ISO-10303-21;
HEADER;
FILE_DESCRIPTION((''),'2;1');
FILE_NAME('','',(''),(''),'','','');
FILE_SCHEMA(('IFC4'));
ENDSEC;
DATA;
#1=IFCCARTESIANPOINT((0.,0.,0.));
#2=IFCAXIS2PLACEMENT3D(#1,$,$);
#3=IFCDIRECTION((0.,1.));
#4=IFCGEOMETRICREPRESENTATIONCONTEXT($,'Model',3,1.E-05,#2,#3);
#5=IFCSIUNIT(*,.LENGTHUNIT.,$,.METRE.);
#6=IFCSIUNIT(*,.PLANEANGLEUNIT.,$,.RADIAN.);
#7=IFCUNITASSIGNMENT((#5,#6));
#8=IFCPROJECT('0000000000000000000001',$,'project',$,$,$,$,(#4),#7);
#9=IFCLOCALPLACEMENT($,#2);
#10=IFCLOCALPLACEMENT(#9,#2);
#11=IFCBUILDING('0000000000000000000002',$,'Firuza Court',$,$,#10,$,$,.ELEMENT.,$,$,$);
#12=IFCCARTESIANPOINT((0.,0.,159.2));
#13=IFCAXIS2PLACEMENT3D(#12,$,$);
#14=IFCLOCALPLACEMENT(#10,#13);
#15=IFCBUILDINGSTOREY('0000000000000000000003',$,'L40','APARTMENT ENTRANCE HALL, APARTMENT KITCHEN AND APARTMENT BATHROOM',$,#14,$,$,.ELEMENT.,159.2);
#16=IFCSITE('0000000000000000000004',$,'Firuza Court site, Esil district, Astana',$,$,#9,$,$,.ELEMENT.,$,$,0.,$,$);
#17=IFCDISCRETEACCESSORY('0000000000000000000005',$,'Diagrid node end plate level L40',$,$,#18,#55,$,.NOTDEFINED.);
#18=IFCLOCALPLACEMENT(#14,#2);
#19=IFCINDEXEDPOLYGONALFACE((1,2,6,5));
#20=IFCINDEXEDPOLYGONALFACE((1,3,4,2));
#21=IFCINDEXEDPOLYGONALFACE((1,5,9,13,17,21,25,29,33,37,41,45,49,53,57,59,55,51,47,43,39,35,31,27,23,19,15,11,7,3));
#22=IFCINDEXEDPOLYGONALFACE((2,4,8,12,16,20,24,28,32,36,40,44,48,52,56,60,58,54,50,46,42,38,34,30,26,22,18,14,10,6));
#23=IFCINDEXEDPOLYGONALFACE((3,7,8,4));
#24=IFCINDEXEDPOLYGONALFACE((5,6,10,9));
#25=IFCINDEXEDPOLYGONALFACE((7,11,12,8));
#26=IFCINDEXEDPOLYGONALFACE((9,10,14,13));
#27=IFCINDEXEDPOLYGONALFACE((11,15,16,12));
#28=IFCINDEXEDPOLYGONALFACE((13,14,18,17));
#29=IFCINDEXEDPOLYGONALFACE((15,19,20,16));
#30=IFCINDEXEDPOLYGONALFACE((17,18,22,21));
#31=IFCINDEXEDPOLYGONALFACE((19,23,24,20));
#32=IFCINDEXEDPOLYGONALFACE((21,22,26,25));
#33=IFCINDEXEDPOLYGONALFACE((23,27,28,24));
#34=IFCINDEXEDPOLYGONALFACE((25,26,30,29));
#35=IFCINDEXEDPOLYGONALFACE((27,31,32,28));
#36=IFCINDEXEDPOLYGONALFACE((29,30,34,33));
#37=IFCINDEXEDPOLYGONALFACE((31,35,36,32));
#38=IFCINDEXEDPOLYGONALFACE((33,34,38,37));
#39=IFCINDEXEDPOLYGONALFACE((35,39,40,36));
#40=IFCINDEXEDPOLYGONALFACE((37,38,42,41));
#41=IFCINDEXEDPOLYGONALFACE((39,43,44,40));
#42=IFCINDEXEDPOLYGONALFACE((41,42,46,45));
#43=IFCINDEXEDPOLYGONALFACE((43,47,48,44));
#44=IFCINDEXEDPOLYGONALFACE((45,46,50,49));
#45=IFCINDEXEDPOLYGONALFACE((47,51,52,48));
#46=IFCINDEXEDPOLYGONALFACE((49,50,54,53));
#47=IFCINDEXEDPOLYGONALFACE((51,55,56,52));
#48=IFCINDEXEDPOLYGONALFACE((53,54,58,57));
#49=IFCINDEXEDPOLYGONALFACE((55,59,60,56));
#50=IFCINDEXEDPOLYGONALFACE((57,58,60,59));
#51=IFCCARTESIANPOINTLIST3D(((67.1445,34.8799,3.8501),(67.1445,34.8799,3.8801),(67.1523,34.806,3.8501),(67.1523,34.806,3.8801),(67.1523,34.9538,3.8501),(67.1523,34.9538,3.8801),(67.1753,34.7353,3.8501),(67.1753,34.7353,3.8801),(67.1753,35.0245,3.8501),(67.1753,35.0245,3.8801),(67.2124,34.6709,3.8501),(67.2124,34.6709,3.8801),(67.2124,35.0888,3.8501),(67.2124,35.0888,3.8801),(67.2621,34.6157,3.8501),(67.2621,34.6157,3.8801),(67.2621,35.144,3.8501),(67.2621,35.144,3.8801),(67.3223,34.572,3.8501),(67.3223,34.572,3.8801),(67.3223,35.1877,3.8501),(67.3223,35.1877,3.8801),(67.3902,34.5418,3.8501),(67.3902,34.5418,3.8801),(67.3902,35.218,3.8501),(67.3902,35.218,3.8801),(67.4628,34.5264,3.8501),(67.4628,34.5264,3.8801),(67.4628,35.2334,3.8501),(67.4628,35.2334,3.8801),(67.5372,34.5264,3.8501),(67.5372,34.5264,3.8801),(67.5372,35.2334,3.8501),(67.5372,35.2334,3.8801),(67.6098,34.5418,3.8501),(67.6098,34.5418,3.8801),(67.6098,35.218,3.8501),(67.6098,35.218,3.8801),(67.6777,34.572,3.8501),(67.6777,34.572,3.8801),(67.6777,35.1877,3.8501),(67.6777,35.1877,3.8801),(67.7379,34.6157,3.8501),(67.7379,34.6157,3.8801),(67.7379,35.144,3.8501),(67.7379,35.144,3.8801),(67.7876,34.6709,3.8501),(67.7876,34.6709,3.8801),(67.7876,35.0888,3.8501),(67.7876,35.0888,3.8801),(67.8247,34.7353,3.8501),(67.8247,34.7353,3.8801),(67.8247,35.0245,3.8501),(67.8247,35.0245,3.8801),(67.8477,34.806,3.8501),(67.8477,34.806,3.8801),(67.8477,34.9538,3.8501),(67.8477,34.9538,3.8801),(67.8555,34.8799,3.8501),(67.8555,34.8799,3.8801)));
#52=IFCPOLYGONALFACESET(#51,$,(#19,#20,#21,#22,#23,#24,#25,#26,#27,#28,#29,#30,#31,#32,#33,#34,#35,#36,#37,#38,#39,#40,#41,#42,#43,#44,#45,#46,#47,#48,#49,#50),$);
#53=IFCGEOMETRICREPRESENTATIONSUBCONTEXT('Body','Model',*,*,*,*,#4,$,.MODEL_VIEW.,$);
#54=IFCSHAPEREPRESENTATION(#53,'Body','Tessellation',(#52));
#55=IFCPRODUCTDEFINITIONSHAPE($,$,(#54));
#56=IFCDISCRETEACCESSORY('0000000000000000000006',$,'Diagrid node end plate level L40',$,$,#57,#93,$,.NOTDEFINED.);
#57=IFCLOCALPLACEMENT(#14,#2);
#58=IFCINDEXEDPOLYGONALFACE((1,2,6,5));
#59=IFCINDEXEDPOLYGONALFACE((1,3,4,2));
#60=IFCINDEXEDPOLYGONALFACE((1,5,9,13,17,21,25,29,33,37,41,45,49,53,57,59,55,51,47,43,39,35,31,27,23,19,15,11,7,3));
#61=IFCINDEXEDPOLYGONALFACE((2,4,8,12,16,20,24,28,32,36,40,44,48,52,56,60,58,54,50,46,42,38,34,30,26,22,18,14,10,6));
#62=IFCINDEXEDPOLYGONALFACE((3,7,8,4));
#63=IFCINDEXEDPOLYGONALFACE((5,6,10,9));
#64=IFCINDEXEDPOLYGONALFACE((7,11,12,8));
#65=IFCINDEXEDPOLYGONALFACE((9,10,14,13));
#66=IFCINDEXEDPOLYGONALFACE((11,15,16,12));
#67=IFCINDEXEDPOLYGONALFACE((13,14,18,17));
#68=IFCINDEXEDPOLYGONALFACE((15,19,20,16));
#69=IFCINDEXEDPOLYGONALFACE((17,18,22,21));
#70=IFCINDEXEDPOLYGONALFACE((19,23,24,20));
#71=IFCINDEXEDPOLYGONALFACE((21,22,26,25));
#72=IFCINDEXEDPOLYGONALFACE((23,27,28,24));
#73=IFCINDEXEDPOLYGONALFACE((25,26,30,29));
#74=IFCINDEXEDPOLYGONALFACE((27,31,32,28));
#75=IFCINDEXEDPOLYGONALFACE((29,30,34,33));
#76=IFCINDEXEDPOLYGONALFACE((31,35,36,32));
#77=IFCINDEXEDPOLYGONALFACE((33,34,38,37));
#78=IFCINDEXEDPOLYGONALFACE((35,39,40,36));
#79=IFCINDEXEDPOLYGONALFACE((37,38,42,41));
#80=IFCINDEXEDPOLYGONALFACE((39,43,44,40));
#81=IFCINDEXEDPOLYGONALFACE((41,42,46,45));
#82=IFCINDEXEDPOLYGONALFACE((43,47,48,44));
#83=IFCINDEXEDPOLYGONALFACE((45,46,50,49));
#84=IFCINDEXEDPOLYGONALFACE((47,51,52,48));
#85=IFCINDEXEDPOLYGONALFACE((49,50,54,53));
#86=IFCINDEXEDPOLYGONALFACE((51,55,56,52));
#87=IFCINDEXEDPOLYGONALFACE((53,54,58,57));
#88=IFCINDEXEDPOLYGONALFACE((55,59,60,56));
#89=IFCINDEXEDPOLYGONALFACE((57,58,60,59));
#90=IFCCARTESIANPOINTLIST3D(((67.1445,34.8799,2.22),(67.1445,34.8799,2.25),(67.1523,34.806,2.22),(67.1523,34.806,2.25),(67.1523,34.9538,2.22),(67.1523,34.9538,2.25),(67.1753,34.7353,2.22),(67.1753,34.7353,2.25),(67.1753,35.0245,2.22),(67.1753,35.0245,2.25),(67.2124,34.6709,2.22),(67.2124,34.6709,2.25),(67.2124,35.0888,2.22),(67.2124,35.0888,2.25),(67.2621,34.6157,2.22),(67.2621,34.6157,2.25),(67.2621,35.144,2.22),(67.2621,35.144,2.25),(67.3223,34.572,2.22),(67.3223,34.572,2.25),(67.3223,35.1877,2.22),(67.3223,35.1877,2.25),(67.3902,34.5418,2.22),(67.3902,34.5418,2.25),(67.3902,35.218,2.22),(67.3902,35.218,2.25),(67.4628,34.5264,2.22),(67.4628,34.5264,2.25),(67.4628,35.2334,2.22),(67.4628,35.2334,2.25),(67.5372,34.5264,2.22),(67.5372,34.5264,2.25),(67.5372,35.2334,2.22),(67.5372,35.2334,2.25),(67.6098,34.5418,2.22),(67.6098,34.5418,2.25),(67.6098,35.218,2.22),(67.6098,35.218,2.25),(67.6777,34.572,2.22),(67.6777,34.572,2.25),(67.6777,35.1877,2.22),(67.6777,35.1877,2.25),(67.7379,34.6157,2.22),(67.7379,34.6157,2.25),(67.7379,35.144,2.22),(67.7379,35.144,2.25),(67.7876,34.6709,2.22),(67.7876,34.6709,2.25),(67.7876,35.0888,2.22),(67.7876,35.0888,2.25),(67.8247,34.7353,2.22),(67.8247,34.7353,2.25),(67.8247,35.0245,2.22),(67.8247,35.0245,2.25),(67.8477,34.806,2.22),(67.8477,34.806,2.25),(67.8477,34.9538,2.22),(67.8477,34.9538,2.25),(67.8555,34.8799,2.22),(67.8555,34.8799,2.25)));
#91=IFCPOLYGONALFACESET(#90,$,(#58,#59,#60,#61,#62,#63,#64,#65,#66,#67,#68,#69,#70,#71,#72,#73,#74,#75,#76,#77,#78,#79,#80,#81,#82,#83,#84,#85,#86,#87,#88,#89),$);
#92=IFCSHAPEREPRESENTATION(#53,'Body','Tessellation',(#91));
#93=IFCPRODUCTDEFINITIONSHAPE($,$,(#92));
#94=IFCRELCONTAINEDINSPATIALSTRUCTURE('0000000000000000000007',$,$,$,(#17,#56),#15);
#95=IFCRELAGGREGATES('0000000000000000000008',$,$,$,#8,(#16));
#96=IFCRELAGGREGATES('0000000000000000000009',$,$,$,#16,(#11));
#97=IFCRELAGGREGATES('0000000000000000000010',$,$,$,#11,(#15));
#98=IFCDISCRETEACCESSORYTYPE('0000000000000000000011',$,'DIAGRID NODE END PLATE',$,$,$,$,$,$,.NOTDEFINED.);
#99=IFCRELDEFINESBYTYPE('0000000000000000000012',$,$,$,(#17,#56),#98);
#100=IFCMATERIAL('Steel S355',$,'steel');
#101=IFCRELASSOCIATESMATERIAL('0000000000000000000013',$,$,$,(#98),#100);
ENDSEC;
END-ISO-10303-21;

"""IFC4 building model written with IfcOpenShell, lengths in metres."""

from ifc_helpers import new_model, si_unit, direction, frame, origin, origin_2d, place, context, subcontext, project, spatial, circle, extrude, material, material_profile, profile_set, type_object, element, save


model = new_model("IFC4")

# Units and contexts
model_context = context("Model", 3, precision=1e-05, world=origin(), true_north=direction((0.0, 1.0)))
body_context = subcontext(model_context, "Body", "Model", "MODEL_VIEW")
ifc_project = project(units=[si_unit("LENGTHUNIT", "METRE"), si_unit("PLANEANGLEUNIT", "RADIAN")], contexts=[model_context])

# Site, building, storey
site_placement = place(None, origin())
site = spatial("IfcSite", under=ifc_project, at=site_placement, Name="Firuza Court site, Esil district, Astana", CompositionType="ELEMENT", RefElevation=0.0)
building_placement = place(site_placement, origin())
building = spatial("IfcBuilding", under=site, at=building_placement, Name="Firuza Court", CompositionType="ELEMENT")
storey_placement = place(building_placement, frame((0.0, 0.0, 159.2)))
storey = spatial("IfcBuildingStorey", under=building, at=storey_placement, Name="L40", Description="APARTMENT ENTRANCE HALL, APARTMENT KITCHEN AND APARTMENT BATHROOM", CompositionType="ELEMENT", Elevation=159.2)

# Discrete accessories
ifc_material_1 = material(Name="Steel S355", Category="steel")
ifc_material_profile_1 = material_profile(ifc_material_1, circle(Radius=0.3555, at=origin_2d()), Name="PL D711")
ifc_profile_set_1 = profile_set([ifc_material_profile_1], Name="Steel S355")
discrete_accessory_type = type_object("IfcDiscreteAccessoryType", Name="DIAGRID NODE END PLATE", PredefinedType="NOTDEFINED", material=ifc_profile_set_1)
for number, where, z_axis, x_axis, name in (
    (1, (67.5, 34.8799, 3.8501), (0.0, 0.0, 1.0), (1.0, 0.0, 0.0), "Diagrid node end plate level L40"),
    (2, (67.5, 34.8799, 2.22), (0.0, 0.0, 1.0), (1.0, 0.0, 0.0), "Diagrid node end plate level L40"),
):
    element("IfcDiscreteAccessory", number, at=place(storey_placement, frame(where, z_axis=z_axis, x_axis=x_axis)), inside=storey, type_object=discrete_accessory_type, Name=name, PredefinedType="NOTDEFINED", context=body_context, shape_type="SweptSolid", body=[
        extrude(circle(Radius=0.3555, at=origin_2d()), origin(), (0.0, 0.0, 1.0), 0.03),
    ])

save(model, "model.ifc")
